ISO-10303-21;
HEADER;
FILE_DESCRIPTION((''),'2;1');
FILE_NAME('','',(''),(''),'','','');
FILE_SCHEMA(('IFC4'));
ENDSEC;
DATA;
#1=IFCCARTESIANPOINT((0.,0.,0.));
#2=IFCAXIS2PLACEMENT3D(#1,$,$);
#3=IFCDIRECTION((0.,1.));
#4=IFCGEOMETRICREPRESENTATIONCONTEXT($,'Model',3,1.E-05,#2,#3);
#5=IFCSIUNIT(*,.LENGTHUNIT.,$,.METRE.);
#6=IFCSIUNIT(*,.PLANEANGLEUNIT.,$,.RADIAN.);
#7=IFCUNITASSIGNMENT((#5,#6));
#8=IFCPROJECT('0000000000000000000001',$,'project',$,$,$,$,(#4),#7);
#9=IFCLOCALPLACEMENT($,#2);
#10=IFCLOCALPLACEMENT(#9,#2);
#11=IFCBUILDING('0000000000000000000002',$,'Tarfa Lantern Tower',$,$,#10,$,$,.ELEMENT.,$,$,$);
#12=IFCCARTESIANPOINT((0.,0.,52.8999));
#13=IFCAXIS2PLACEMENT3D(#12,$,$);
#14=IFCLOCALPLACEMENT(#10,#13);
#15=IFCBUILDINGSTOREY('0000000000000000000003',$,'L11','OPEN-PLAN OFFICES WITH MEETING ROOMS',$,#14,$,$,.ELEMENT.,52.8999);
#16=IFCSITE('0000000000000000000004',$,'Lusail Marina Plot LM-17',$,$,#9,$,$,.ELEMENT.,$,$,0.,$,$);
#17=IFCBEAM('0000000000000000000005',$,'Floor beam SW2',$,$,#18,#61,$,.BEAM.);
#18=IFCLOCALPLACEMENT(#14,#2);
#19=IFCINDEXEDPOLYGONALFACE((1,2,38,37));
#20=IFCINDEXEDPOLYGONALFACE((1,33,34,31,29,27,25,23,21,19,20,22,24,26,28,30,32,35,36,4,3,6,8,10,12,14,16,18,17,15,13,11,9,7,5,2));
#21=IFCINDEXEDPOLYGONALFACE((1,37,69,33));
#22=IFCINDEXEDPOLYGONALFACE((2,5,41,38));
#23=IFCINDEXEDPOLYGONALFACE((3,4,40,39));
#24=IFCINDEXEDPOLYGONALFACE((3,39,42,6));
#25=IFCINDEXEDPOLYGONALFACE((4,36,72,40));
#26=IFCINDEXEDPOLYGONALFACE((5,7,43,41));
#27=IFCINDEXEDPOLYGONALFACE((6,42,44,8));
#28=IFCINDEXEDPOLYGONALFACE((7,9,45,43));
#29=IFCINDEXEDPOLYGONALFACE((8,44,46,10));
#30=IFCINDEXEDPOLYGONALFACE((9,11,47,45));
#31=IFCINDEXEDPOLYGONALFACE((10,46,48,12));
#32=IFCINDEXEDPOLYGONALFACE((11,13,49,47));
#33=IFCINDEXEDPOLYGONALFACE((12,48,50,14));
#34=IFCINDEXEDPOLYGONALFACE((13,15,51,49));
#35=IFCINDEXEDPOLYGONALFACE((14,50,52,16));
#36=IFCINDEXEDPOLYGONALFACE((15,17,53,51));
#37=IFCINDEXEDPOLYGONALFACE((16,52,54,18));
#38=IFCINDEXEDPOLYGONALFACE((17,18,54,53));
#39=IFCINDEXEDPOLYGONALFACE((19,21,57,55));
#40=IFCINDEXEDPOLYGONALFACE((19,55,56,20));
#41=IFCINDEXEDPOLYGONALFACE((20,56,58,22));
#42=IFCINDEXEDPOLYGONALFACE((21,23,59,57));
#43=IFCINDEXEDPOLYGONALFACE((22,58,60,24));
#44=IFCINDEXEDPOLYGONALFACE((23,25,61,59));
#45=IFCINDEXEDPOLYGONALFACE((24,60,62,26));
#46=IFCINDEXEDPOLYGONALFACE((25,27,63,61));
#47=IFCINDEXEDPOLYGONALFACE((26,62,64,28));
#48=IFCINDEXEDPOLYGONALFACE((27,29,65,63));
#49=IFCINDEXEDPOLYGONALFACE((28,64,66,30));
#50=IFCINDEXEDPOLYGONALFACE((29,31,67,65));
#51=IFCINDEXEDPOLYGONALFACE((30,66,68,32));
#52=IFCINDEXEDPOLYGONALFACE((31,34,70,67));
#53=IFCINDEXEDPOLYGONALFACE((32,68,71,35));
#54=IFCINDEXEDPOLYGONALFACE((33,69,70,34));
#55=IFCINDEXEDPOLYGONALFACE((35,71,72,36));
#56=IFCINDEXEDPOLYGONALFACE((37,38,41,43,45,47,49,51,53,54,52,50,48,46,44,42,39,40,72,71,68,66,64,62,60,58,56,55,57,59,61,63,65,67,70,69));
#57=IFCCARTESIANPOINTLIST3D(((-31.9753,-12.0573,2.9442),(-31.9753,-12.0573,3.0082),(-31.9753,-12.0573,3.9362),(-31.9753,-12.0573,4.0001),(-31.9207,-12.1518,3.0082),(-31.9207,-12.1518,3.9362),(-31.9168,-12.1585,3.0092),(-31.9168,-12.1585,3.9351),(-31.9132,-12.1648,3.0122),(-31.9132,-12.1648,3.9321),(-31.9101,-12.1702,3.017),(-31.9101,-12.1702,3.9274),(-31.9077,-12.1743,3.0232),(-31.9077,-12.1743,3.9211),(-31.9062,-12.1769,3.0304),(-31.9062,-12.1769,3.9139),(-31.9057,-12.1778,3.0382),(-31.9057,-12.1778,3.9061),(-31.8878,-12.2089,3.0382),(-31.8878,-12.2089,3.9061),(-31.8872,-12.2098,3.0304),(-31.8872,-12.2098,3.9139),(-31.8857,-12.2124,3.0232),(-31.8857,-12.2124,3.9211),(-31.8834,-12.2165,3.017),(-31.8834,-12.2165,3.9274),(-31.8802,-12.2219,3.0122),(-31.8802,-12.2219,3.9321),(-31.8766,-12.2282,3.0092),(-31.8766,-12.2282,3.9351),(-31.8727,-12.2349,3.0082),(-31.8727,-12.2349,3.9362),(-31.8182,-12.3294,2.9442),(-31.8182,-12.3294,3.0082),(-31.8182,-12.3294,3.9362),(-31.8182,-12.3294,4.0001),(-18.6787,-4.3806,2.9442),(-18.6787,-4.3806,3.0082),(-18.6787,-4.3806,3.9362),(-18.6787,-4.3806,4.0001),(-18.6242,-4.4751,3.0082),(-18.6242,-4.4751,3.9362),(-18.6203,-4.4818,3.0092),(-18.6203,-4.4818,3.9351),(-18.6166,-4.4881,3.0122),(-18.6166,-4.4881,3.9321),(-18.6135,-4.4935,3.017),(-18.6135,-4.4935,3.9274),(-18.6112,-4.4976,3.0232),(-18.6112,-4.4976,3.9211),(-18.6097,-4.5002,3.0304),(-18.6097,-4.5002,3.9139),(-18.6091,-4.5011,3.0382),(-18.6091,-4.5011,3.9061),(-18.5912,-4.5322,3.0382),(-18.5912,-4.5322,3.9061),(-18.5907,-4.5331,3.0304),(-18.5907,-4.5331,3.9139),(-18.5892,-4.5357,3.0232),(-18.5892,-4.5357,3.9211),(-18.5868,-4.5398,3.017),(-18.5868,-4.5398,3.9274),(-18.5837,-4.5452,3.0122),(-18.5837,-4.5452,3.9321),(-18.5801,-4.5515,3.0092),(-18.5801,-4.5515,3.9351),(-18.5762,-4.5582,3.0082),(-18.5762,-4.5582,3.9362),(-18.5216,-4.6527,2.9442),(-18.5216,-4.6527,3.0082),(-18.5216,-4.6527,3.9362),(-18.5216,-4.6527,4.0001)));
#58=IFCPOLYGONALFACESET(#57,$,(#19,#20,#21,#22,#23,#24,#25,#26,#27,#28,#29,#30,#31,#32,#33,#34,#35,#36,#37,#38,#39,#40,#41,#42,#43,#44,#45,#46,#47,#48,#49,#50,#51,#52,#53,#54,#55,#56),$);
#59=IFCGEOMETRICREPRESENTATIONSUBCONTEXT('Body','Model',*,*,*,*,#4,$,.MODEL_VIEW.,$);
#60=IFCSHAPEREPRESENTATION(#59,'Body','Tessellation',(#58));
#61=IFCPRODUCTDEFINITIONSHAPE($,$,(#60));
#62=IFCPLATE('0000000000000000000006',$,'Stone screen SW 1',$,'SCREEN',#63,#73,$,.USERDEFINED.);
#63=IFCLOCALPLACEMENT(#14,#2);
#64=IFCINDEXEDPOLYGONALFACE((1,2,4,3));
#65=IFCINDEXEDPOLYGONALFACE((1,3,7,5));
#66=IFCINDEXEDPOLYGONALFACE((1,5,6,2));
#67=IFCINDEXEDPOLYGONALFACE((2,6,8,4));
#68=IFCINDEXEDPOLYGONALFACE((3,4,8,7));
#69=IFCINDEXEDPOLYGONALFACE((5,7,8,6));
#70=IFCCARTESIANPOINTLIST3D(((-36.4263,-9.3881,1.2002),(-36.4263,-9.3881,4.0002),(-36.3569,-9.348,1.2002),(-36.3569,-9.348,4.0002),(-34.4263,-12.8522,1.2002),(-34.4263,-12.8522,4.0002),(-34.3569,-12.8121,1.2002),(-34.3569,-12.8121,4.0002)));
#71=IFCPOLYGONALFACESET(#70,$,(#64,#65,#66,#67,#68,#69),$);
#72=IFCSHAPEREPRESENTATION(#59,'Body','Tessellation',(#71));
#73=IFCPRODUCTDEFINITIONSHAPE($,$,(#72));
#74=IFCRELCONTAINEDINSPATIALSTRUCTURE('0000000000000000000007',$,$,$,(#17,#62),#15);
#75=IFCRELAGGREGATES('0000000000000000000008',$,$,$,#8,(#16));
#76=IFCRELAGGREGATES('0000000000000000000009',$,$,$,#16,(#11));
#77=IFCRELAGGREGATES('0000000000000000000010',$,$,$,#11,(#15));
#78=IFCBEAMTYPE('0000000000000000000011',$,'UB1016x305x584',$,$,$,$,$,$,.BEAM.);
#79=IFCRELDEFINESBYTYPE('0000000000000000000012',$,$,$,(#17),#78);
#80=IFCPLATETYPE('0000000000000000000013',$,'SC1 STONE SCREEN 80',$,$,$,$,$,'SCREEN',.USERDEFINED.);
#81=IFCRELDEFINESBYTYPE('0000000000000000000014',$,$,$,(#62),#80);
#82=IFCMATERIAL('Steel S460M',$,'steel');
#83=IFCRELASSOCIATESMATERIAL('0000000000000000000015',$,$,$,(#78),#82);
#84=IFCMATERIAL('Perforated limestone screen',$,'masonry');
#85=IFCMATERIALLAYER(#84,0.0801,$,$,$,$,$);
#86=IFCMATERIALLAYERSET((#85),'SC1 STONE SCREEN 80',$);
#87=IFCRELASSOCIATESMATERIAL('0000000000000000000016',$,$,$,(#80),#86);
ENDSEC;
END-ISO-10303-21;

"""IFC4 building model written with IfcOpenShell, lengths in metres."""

from ifc_helpers import new_model, si_unit, direction, frame, origin, origin_2d, place, context, subcontext, project, spatial, rectangle, i_section, extrude, material, layer, layer_set, material_profile, profile_set, type_object, element, save


model = new_model("IFC4")

# Units and contexts
model_context = context("Model", 3, precision=1e-05, world=origin(), true_north=direction((0.0, 1.0)))
body_context = subcontext(model_context, "Body", "Model", "MODEL_VIEW")
ifc_project = project(units=[si_unit("LENGTHUNIT", "METRE"), si_unit("PLANEANGLEUNIT", "RADIAN")], contexts=[model_context])

# Site, building, storey
site_placement = place(None, origin())
site = spatial("IfcSite", under=ifc_project, at=site_placement, Name="Lusail Marina Plot LM-17", CompositionType="ELEMENT", RefElevation=0.0)
building_placement = place(site_placement, origin())
building = spatial("IfcBuilding", under=site, at=building_placement, Name="Tarfa Lantern Tower", CompositionType="ELEMENT")
storey_placement = place(building_placement, frame((0.0, 0.0, 52.8999)))
storey = spatial("IfcBuildingStorey", under=building, at=storey_placement, Name="L11", Description="OPEN-PLAN OFFICES WITH MEETING ROOMS", CompositionType="ELEMENT", Elevation=52.8999)

# Beam
ifc_material_1 = material(Name="Steel S460M", Category="steel")
ifc_material_profile_1 = material_profile(ifc_material_1, i_section(OverallWidth=0.3142, OverallDepth=1.0559, WebThickness=0.0359, FlangeThickness=0.064, FilletRadius=0.03, at=origin_2d()), Name="UB1016x305x584")
ifc_profile_set_1 = profile_set([ifc_material_profile_1], Name="Steel S460M")
beam_type_1 = type_object("IfcBeamType", Name="UB1016x305x584", PredefinedType="BEAM", material=ifc_profile_set_1)
beam_1_placement = place(storey_placement, frame((-31.8967, -12.1934, 3.4722), z_axis=(0.866027, 0.499997, 0.0), x_axis=(-0.499997, 0.866027, 0.0)))
element("IfcBeam", 1, at=beam_1_placement, inside=storey, type_object=beam_type_1, Name="Floor beam SW2", PredefinedType="BEAM", context=body_context, shape_type="SweptSolid", body=[
    extrude(i_section(OverallWidth=0.3142, OverallDepth=1.0559, WebThickness=0.0359, FlangeThickness=0.064, FilletRadius=0.03, at=origin_2d()), origin(), (0.0, 0.0, 1.0), 15.3535),
])

# Plate
ifc_material_2 = material(Name="Perforated limestone screen", Category="masonry")
ifc_layer_1 = layer(ifc_material_2, 0.0801)
ifc_layer_set_1 = layer_set([ifc_layer_1], Name="SC1 STONE SCREEN 80")
plate_type = type_object("IfcPlateType", Name="SC1 STONE SCREEN 80", ElementType="SCREEN", PredefinedType="USERDEFINED", material=ifc_layer_set_1)
plate_placement = place(storey_placement, frame((-35.3916, -11.1001, 1.2002), z_axis=(0.0, 0.0, 1.0), x_axis=(0.5, -0.866025, 0.0)))
element("IfcPlate", 2, at=plate_placement, inside=storey, type_object=plate_type, Name="Stone screen SW 1", ObjectType="SCREEN", PredefinedType="USERDEFINED", context=body_context, shape_type="SweptSolid", body=[
    extrude(rectangle(XDim=4.0, YDim=0.0801, at=origin_2d()), origin(), (0.0, 0.0, 1.0), 2.8),
])

save(model, "model.ifc")
